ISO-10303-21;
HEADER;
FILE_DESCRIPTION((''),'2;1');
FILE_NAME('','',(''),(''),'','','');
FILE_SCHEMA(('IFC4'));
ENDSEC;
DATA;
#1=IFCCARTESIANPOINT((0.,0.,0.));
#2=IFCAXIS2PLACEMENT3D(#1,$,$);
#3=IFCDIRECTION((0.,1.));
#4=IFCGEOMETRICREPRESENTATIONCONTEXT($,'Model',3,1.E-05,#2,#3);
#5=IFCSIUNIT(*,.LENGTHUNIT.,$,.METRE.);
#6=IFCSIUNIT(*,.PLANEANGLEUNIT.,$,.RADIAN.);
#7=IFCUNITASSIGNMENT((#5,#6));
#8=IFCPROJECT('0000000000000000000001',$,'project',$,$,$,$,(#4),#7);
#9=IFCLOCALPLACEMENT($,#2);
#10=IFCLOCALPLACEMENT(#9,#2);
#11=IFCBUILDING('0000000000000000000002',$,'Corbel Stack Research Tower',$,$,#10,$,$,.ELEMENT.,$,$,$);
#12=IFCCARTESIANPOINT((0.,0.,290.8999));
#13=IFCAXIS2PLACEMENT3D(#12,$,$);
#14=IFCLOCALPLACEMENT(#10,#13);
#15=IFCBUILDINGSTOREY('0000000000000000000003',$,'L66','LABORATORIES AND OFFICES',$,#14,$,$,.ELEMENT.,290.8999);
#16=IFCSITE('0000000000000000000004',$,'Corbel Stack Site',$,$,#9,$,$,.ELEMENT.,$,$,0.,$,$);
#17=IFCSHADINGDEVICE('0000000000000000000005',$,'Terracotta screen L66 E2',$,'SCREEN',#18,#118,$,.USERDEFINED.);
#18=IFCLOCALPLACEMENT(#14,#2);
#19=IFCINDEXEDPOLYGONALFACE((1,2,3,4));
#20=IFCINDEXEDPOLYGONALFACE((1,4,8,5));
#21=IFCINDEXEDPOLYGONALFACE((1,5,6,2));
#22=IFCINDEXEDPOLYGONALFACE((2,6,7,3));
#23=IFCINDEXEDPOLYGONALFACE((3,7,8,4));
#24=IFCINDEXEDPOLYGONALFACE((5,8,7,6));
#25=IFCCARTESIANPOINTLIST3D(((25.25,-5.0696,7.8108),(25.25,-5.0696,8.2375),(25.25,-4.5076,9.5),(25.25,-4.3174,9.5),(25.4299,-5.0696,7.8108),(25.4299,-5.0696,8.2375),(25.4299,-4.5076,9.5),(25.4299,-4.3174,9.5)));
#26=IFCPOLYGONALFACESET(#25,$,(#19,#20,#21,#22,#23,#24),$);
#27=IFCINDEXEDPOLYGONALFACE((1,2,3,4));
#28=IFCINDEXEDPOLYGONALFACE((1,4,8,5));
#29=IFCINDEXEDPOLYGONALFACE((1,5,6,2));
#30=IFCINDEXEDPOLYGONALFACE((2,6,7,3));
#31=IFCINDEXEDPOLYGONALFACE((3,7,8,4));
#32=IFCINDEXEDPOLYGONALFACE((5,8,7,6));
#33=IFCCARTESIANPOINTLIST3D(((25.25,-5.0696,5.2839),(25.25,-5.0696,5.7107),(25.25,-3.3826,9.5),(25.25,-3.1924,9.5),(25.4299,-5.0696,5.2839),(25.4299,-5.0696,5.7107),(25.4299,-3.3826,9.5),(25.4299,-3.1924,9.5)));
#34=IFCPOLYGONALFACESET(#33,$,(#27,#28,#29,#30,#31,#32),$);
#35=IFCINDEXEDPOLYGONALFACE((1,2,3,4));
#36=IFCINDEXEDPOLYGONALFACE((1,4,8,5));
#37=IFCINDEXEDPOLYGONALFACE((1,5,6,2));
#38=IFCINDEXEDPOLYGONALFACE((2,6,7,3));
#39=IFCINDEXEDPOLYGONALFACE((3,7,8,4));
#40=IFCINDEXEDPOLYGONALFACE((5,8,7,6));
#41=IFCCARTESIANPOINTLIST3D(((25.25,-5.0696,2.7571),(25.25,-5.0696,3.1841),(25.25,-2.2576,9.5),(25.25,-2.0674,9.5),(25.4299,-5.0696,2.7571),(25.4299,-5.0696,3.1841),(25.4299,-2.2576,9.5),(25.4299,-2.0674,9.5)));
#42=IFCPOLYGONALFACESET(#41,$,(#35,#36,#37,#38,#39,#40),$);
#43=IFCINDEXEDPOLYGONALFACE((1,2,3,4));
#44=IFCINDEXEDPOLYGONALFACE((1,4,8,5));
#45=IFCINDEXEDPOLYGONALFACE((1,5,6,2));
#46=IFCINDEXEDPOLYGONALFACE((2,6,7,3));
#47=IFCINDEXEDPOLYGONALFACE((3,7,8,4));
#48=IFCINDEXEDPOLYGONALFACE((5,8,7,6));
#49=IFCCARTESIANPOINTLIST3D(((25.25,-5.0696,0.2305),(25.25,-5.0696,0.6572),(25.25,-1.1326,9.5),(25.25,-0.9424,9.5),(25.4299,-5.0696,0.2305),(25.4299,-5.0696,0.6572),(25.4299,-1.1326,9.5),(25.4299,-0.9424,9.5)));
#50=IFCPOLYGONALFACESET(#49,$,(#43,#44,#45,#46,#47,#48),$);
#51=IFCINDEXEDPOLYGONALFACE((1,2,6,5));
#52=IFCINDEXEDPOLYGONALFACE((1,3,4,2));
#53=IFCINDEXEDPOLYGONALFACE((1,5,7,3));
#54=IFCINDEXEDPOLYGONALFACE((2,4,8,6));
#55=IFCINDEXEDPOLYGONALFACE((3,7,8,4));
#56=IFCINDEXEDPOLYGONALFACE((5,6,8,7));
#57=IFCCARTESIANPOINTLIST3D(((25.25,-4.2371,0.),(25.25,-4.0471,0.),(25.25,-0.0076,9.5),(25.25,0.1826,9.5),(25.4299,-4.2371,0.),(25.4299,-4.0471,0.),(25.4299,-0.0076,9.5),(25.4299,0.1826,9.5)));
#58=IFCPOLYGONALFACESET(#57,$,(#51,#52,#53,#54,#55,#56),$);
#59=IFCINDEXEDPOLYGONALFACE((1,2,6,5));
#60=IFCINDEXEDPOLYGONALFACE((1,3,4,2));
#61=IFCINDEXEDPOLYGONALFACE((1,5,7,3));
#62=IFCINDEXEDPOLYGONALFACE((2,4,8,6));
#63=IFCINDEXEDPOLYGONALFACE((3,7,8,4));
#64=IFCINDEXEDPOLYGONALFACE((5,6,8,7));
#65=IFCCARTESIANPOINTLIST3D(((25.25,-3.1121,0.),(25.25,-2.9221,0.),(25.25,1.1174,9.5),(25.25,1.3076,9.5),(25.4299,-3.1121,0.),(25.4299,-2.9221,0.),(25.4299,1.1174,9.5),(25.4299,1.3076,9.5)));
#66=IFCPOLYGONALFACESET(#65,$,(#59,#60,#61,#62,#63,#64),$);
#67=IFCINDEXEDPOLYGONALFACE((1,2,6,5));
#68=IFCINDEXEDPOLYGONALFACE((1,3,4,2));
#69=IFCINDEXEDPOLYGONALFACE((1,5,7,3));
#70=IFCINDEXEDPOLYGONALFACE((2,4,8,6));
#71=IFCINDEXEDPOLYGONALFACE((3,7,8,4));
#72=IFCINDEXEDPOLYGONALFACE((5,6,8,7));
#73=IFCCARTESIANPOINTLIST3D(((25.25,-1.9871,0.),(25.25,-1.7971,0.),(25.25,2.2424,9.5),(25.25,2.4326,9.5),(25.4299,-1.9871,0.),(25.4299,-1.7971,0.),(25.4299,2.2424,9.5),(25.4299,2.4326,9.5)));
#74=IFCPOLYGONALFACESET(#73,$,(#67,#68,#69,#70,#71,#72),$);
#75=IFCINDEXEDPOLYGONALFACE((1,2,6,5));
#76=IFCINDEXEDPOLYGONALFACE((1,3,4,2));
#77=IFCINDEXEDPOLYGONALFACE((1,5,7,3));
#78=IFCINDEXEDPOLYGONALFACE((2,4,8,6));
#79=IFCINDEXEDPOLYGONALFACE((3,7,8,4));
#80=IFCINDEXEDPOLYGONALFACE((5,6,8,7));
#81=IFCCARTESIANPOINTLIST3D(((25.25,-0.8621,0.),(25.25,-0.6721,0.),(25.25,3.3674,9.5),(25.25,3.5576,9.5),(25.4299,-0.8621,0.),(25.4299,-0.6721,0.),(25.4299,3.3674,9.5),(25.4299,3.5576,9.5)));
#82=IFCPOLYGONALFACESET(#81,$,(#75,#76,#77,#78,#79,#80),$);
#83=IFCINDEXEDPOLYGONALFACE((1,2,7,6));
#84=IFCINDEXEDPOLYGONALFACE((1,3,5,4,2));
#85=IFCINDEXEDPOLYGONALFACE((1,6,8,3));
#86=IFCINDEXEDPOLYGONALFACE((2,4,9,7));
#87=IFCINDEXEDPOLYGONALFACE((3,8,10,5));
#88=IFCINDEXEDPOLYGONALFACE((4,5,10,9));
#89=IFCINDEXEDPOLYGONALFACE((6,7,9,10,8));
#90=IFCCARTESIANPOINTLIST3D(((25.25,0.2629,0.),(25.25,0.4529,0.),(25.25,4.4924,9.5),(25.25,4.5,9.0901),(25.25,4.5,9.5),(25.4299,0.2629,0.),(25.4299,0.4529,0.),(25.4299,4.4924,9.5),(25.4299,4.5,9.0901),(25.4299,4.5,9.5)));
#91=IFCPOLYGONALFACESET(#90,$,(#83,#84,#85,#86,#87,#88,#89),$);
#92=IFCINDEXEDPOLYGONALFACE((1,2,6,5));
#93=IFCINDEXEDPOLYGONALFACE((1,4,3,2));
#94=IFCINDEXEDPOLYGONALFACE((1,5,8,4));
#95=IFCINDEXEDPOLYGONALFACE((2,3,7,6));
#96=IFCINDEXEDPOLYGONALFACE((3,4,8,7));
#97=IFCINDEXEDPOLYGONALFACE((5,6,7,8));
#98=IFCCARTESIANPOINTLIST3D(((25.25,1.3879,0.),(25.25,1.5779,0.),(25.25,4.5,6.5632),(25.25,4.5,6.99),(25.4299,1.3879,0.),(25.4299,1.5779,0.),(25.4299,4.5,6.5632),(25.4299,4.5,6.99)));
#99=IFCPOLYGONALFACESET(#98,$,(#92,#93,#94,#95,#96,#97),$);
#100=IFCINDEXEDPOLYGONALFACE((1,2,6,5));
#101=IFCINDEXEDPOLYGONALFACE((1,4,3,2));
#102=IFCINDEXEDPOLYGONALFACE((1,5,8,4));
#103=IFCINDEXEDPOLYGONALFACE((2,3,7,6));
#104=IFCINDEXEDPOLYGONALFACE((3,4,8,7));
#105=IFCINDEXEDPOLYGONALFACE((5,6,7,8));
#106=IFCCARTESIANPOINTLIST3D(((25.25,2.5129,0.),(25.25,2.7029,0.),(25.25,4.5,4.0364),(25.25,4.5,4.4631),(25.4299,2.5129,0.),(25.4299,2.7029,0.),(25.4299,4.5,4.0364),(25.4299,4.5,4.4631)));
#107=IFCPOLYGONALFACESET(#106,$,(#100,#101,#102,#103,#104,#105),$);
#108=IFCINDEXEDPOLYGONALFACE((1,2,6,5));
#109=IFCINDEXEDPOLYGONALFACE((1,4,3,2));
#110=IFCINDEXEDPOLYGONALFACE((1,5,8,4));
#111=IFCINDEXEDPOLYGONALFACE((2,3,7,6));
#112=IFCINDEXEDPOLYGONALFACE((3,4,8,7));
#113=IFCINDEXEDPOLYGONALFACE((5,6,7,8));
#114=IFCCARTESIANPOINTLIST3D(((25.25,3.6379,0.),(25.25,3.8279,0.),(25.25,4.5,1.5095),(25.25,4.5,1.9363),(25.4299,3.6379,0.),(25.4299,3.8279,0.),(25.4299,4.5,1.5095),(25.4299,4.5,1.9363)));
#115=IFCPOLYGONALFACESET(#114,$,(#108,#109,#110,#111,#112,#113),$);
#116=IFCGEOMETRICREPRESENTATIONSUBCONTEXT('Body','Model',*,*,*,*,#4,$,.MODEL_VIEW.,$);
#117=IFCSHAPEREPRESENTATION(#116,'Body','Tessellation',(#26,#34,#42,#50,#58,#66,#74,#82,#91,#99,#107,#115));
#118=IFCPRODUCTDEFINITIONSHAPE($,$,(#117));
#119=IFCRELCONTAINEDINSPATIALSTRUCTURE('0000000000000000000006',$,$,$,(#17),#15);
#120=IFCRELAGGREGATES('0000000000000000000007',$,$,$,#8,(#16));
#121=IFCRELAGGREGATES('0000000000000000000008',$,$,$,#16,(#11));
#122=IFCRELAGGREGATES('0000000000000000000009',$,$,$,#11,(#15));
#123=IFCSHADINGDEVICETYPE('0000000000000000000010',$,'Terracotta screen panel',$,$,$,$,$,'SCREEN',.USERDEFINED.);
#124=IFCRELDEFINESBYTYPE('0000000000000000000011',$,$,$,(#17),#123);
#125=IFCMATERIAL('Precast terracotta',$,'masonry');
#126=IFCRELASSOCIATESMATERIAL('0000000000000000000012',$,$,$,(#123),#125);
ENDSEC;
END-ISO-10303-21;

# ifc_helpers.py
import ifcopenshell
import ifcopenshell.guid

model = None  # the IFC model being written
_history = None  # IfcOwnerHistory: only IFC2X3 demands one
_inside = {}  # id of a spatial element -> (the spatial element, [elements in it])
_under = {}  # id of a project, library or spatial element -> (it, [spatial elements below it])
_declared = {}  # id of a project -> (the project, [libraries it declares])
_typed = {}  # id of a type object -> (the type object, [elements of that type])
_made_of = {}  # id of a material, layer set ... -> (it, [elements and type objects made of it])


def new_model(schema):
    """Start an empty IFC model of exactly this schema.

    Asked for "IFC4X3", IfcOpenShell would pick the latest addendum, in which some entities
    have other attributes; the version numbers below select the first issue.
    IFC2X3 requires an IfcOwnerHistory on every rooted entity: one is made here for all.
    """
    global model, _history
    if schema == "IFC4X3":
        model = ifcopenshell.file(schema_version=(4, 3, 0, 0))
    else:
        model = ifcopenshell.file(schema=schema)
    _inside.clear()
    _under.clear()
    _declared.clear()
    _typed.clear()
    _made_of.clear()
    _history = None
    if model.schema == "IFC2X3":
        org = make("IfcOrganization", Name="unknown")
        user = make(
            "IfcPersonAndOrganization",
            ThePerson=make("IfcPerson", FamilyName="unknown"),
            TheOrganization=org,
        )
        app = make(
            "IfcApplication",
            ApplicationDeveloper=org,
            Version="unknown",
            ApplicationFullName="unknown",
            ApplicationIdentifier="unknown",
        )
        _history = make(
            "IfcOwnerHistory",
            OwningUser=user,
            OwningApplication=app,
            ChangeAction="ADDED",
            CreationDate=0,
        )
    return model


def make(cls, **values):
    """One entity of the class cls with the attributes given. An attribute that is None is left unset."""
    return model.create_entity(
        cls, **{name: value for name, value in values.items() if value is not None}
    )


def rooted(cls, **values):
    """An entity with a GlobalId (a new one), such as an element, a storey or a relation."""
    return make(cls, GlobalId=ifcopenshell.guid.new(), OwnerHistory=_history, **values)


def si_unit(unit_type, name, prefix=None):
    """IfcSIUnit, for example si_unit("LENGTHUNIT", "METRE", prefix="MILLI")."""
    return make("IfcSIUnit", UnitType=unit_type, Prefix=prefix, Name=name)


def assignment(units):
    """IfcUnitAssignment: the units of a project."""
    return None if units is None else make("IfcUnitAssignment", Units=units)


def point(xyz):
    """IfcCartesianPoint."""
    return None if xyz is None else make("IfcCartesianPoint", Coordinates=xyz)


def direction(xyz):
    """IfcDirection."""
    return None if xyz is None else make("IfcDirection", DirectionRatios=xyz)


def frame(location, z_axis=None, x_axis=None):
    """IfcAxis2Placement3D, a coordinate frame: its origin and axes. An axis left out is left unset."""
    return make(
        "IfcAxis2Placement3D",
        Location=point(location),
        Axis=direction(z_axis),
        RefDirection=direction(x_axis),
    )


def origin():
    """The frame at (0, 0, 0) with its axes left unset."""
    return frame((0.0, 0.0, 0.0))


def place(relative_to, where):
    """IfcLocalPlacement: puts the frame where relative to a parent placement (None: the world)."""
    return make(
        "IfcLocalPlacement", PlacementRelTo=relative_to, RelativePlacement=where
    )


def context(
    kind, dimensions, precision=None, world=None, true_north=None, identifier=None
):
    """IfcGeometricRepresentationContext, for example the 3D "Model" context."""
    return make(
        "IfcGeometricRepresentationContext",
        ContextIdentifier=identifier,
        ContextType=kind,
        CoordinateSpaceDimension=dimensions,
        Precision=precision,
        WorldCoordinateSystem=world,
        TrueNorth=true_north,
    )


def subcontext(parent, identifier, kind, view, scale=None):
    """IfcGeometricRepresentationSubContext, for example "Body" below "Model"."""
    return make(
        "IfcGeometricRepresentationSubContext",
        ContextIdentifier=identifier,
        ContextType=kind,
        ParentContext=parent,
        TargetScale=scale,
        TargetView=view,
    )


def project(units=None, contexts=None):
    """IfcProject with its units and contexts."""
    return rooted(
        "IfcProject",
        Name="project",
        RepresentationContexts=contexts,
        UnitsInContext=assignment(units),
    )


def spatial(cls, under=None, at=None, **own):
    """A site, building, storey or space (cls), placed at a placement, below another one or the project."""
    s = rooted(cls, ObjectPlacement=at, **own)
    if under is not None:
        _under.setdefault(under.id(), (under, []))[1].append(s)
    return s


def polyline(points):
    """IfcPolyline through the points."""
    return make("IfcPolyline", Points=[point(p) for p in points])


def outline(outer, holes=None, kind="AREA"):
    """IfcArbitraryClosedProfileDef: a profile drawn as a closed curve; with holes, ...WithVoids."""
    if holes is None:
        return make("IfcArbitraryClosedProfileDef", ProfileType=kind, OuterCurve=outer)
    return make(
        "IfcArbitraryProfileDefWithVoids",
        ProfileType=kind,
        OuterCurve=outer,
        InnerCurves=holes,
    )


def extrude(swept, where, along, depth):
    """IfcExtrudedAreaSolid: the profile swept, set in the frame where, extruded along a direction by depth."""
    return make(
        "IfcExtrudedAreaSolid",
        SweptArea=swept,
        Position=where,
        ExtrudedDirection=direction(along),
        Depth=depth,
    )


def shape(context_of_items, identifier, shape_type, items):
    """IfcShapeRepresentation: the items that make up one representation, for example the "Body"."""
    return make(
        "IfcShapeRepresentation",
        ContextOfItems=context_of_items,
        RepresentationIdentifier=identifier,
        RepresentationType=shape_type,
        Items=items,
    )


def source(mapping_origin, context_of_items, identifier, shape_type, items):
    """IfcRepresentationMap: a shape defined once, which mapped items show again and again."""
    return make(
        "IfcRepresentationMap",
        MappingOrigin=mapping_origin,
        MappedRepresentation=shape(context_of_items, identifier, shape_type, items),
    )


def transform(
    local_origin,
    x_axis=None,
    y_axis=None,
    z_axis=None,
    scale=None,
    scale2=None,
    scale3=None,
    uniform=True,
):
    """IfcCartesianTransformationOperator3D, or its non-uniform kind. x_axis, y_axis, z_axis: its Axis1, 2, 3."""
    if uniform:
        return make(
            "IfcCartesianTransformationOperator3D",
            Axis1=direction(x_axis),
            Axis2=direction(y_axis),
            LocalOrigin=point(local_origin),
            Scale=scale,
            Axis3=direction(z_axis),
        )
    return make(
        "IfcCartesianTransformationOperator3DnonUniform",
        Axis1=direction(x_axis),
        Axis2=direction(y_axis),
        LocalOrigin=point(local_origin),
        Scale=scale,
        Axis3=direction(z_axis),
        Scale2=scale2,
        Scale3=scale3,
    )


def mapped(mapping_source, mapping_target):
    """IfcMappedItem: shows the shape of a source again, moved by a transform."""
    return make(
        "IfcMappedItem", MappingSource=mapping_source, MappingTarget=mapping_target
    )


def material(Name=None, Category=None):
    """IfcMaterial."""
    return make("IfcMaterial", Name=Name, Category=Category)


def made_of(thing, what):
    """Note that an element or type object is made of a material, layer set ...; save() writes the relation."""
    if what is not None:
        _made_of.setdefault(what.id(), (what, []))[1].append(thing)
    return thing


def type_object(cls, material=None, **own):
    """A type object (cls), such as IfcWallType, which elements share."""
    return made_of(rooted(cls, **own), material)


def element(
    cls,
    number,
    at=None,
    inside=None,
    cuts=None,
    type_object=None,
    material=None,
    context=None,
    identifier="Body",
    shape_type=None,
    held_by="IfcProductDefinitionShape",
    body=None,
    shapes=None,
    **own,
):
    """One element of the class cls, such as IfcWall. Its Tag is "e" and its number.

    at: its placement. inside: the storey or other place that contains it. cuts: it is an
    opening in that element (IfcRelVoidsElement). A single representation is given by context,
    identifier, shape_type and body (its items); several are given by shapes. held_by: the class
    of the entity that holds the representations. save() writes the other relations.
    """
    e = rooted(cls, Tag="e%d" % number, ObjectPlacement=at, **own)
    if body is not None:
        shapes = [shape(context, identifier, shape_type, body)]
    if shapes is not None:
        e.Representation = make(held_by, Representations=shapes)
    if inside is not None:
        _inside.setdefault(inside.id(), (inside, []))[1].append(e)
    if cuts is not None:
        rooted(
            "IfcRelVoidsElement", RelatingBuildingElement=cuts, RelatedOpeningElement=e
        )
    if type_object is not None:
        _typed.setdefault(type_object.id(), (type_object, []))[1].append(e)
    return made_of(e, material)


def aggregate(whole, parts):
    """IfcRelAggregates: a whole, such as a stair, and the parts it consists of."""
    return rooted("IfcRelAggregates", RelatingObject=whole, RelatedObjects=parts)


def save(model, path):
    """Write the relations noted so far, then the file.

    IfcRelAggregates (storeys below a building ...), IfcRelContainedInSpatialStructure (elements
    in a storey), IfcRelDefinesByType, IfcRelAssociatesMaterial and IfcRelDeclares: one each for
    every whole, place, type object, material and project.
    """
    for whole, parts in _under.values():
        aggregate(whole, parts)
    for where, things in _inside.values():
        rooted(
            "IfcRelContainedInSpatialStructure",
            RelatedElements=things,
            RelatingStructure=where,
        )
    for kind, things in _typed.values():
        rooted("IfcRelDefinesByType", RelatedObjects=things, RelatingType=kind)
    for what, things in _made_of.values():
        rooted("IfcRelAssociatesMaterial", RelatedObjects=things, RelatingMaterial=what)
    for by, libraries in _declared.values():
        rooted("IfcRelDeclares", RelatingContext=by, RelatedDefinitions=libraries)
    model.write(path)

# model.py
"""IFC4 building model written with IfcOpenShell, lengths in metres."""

from ifc_helpers import new_model, si_unit, direction, frame, origin, place, context, subcontext, project, spatial, polyline, outline, extrude, source, transform, mapped, material, type_object, element, save


model = new_model("IFC4")

# Units and contexts
model_context = context("Model", 3, precision=1e-05, world=origin(), true_north=direction((0.0, 1.0)))
body_context = subcontext(model_context, "Body", "Model", "MODEL_VIEW")
ifc_project = project(units=[si_unit("LENGTHUNIT", "METRE"), si_unit("PLANEANGLEUNIT", "RADIAN")], contexts=[model_context])

# Site, building, storey
site_placement = place(None, origin())
site = spatial("IfcSite", under=ifc_project, at=site_placement, Name="Corbel Stack Site", CompositionType="ELEMENT", RefElevation=0.0)
building_placement = place(site_placement, origin())
building = spatial("IfcBuilding", under=site, at=building_placement, Name="Corbel Stack Research Tower", CompositionType="ELEMENT")
storey_placement = place(building_placement, frame((0.0, 0.0, 290.8999)))
storey = spatial("IfcBuildingStorey", under=building, at=storey_placement, Name="L66", Description="LABORATORIES AND OFFICES", CompositionType="ELEMENT", Elevation=290.8999)

# Shading device
ifc_material_1 = material(Name="Precast terracotta", Category="masonry")
shading_device_type = type_object("IfcShadingDeviceType", Name="Terracotta screen panel", ElementType="SCREEN", PredefinedType="USERDEFINED", material=ifc_material_1)
shared_shape = source(origin(), body_context, "Body", "SweptSolid", [
    extrude(outline(polyline([(0.7522, 9.5), (0.562, 9.5), (0.0, 8.2375), (0.0, 7.8108), (0.7522, 9.5)])), frame((0.0, 0.0, 0.0), z_axis=(0.0, -1.0, 0.0), x_axis=(1.0, 0.0, 0.0)), (0.0, 0.0, 1.0), 0.1799),
    extrude(outline(polyline([(1.8772, 9.5), (1.687, 9.5), (0.0, 5.7107), (0.0, 5.2839), (1.8772, 9.5)])), frame((0.0, 0.0, 0.0), z_axis=(0.0, -1.0, 0.0), x_axis=(1.0, 0.0, 0.0)), (0.0, 0.0, 1.0), 0.1799),
    extrude(outline(polyline([(3.0022, 9.5), (2.812, 9.5), (0.0, 3.1841), (0.0, 2.7571), (3.0022, 9.5)])), frame((0.0, 0.0, 0.0), z_axis=(0.0, -1.0, 0.0), x_axis=(1.0, 0.0, 0.0)), (0.0, 0.0, 1.0), 0.1799),
    extrude(outline(polyline([(4.1272, 9.5), (3.937, 9.5), (0.0, 0.6572), (0.0, 0.2305), (4.1272, 9.5)])), frame((0.0, 0.0, 0.0), z_axis=(0.0, -1.0, 0.0), x_axis=(1.0, 0.0, 0.0)), (0.0, 0.0, 1.0), 0.1799),
    extrude(outline(polyline([(1.0225, 0.0), (5.2522, 9.5), (5.062, 9.5), (0.8325, 0.0), (1.0225, 0.0)])), frame((0.0, 0.0, 0.0), z_axis=(0.0, -1.0, 0.0), x_axis=(1.0, 0.0, 0.0)), (0.0, 0.0, 1.0), 0.1799),
    extrude(outline(polyline([(2.1475, 0.0), (6.3772, 9.5), (6.187, 9.5), (1.9575, 0.0), (2.1475, 0.0)])), frame((0.0, 0.0, 0.0), z_axis=(0.0, -1.0, 0.0), x_axis=(1.0, 0.0, 0.0)), (0.0, 0.0, 1.0), 0.1799),
    extrude(outline(polyline([(3.2725, 0.0), (7.5022, 9.5), (7.312, 9.5), (3.0825, 0.0), (3.2725, 0.0)])), frame((0.0, 0.0, 0.0), z_axis=(0.0, -1.0, 0.0), x_axis=(1.0, 0.0, 0.0)), (0.0, 0.0, 1.0), 0.1799),
    extrude(outline(polyline([(4.3975, 0.0), (8.6272, 9.5), (8.437, 9.5), (4.2075, 0.0), (4.3975, 0.0)])), frame((0.0, 0.0, 0.0), z_axis=(0.0, -1.0, 0.0), x_axis=(1.0, 0.0, 0.0)), (0.0, 0.0, 1.0), 0.1799),
    extrude(outline(polyline([(5.5225, 0.0), (9.5696, 9.0901), (9.5696, 9.5), (9.562, 9.5), (5.3325, 0.0), (5.5225, 0.0)])), frame((0.0, 0.0, 0.0), z_axis=(0.0, -1.0, 0.0), x_axis=(1.0, 0.0, 0.0)), (0.0, 0.0, 1.0), 0.1799),
    extrude(outline(polyline([(6.6475, 0.0), (9.5696, 6.5632), (9.5696, 6.99), (6.4575, 0.0), (6.6475, 0.0)])), frame((0.0, 0.0, 0.0), z_axis=(0.0, -1.0, 0.0), x_axis=(1.0, 0.0, 0.0)), (0.0, 0.0, 1.0), 0.1799),
    extrude(outline(polyline([(7.7725, 0.0), (9.5696, 4.0364), (9.5696, 4.4631), (7.5825, 0.0), (7.7725, 0.0)])), frame((0.0, 0.0, 0.0), z_axis=(0.0, -1.0, 0.0), x_axis=(1.0, 0.0, 0.0)), (0.0, 0.0, 1.0), 0.1799),
    extrude(outline(polyline([(8.8975, 0.0), (9.5696, 1.5095), (9.5696, 1.9363), (8.7075, 0.0), (8.8975, 0.0)])), frame((0.0, 0.0, 0.0), z_axis=(0.0, -1.0, 0.0), x_axis=(1.0, 0.0, 0.0)), (0.0, 0.0, 1.0), 0.1799),
])
shading_device_placement = place(storey_placement, frame((25.25, -5.0696, 0.0), z_axis=(0.0, 0.0, 1.0), x_axis=(0.0, 1.0, 0.0)))
element("IfcShadingDevice", 1, at=shading_device_placement, inside=storey, type_object=shading_device_type, Name="Terracotta screen L66 E2", ObjectType="SCREEN", PredefinedType="USERDEFINED", context=body_context, shape_type="MappedRepresentation", body=[
    mapped(shared_shape, transform((0.0, 0.0, 0.0))),
])

save(model, "model.ifc")
